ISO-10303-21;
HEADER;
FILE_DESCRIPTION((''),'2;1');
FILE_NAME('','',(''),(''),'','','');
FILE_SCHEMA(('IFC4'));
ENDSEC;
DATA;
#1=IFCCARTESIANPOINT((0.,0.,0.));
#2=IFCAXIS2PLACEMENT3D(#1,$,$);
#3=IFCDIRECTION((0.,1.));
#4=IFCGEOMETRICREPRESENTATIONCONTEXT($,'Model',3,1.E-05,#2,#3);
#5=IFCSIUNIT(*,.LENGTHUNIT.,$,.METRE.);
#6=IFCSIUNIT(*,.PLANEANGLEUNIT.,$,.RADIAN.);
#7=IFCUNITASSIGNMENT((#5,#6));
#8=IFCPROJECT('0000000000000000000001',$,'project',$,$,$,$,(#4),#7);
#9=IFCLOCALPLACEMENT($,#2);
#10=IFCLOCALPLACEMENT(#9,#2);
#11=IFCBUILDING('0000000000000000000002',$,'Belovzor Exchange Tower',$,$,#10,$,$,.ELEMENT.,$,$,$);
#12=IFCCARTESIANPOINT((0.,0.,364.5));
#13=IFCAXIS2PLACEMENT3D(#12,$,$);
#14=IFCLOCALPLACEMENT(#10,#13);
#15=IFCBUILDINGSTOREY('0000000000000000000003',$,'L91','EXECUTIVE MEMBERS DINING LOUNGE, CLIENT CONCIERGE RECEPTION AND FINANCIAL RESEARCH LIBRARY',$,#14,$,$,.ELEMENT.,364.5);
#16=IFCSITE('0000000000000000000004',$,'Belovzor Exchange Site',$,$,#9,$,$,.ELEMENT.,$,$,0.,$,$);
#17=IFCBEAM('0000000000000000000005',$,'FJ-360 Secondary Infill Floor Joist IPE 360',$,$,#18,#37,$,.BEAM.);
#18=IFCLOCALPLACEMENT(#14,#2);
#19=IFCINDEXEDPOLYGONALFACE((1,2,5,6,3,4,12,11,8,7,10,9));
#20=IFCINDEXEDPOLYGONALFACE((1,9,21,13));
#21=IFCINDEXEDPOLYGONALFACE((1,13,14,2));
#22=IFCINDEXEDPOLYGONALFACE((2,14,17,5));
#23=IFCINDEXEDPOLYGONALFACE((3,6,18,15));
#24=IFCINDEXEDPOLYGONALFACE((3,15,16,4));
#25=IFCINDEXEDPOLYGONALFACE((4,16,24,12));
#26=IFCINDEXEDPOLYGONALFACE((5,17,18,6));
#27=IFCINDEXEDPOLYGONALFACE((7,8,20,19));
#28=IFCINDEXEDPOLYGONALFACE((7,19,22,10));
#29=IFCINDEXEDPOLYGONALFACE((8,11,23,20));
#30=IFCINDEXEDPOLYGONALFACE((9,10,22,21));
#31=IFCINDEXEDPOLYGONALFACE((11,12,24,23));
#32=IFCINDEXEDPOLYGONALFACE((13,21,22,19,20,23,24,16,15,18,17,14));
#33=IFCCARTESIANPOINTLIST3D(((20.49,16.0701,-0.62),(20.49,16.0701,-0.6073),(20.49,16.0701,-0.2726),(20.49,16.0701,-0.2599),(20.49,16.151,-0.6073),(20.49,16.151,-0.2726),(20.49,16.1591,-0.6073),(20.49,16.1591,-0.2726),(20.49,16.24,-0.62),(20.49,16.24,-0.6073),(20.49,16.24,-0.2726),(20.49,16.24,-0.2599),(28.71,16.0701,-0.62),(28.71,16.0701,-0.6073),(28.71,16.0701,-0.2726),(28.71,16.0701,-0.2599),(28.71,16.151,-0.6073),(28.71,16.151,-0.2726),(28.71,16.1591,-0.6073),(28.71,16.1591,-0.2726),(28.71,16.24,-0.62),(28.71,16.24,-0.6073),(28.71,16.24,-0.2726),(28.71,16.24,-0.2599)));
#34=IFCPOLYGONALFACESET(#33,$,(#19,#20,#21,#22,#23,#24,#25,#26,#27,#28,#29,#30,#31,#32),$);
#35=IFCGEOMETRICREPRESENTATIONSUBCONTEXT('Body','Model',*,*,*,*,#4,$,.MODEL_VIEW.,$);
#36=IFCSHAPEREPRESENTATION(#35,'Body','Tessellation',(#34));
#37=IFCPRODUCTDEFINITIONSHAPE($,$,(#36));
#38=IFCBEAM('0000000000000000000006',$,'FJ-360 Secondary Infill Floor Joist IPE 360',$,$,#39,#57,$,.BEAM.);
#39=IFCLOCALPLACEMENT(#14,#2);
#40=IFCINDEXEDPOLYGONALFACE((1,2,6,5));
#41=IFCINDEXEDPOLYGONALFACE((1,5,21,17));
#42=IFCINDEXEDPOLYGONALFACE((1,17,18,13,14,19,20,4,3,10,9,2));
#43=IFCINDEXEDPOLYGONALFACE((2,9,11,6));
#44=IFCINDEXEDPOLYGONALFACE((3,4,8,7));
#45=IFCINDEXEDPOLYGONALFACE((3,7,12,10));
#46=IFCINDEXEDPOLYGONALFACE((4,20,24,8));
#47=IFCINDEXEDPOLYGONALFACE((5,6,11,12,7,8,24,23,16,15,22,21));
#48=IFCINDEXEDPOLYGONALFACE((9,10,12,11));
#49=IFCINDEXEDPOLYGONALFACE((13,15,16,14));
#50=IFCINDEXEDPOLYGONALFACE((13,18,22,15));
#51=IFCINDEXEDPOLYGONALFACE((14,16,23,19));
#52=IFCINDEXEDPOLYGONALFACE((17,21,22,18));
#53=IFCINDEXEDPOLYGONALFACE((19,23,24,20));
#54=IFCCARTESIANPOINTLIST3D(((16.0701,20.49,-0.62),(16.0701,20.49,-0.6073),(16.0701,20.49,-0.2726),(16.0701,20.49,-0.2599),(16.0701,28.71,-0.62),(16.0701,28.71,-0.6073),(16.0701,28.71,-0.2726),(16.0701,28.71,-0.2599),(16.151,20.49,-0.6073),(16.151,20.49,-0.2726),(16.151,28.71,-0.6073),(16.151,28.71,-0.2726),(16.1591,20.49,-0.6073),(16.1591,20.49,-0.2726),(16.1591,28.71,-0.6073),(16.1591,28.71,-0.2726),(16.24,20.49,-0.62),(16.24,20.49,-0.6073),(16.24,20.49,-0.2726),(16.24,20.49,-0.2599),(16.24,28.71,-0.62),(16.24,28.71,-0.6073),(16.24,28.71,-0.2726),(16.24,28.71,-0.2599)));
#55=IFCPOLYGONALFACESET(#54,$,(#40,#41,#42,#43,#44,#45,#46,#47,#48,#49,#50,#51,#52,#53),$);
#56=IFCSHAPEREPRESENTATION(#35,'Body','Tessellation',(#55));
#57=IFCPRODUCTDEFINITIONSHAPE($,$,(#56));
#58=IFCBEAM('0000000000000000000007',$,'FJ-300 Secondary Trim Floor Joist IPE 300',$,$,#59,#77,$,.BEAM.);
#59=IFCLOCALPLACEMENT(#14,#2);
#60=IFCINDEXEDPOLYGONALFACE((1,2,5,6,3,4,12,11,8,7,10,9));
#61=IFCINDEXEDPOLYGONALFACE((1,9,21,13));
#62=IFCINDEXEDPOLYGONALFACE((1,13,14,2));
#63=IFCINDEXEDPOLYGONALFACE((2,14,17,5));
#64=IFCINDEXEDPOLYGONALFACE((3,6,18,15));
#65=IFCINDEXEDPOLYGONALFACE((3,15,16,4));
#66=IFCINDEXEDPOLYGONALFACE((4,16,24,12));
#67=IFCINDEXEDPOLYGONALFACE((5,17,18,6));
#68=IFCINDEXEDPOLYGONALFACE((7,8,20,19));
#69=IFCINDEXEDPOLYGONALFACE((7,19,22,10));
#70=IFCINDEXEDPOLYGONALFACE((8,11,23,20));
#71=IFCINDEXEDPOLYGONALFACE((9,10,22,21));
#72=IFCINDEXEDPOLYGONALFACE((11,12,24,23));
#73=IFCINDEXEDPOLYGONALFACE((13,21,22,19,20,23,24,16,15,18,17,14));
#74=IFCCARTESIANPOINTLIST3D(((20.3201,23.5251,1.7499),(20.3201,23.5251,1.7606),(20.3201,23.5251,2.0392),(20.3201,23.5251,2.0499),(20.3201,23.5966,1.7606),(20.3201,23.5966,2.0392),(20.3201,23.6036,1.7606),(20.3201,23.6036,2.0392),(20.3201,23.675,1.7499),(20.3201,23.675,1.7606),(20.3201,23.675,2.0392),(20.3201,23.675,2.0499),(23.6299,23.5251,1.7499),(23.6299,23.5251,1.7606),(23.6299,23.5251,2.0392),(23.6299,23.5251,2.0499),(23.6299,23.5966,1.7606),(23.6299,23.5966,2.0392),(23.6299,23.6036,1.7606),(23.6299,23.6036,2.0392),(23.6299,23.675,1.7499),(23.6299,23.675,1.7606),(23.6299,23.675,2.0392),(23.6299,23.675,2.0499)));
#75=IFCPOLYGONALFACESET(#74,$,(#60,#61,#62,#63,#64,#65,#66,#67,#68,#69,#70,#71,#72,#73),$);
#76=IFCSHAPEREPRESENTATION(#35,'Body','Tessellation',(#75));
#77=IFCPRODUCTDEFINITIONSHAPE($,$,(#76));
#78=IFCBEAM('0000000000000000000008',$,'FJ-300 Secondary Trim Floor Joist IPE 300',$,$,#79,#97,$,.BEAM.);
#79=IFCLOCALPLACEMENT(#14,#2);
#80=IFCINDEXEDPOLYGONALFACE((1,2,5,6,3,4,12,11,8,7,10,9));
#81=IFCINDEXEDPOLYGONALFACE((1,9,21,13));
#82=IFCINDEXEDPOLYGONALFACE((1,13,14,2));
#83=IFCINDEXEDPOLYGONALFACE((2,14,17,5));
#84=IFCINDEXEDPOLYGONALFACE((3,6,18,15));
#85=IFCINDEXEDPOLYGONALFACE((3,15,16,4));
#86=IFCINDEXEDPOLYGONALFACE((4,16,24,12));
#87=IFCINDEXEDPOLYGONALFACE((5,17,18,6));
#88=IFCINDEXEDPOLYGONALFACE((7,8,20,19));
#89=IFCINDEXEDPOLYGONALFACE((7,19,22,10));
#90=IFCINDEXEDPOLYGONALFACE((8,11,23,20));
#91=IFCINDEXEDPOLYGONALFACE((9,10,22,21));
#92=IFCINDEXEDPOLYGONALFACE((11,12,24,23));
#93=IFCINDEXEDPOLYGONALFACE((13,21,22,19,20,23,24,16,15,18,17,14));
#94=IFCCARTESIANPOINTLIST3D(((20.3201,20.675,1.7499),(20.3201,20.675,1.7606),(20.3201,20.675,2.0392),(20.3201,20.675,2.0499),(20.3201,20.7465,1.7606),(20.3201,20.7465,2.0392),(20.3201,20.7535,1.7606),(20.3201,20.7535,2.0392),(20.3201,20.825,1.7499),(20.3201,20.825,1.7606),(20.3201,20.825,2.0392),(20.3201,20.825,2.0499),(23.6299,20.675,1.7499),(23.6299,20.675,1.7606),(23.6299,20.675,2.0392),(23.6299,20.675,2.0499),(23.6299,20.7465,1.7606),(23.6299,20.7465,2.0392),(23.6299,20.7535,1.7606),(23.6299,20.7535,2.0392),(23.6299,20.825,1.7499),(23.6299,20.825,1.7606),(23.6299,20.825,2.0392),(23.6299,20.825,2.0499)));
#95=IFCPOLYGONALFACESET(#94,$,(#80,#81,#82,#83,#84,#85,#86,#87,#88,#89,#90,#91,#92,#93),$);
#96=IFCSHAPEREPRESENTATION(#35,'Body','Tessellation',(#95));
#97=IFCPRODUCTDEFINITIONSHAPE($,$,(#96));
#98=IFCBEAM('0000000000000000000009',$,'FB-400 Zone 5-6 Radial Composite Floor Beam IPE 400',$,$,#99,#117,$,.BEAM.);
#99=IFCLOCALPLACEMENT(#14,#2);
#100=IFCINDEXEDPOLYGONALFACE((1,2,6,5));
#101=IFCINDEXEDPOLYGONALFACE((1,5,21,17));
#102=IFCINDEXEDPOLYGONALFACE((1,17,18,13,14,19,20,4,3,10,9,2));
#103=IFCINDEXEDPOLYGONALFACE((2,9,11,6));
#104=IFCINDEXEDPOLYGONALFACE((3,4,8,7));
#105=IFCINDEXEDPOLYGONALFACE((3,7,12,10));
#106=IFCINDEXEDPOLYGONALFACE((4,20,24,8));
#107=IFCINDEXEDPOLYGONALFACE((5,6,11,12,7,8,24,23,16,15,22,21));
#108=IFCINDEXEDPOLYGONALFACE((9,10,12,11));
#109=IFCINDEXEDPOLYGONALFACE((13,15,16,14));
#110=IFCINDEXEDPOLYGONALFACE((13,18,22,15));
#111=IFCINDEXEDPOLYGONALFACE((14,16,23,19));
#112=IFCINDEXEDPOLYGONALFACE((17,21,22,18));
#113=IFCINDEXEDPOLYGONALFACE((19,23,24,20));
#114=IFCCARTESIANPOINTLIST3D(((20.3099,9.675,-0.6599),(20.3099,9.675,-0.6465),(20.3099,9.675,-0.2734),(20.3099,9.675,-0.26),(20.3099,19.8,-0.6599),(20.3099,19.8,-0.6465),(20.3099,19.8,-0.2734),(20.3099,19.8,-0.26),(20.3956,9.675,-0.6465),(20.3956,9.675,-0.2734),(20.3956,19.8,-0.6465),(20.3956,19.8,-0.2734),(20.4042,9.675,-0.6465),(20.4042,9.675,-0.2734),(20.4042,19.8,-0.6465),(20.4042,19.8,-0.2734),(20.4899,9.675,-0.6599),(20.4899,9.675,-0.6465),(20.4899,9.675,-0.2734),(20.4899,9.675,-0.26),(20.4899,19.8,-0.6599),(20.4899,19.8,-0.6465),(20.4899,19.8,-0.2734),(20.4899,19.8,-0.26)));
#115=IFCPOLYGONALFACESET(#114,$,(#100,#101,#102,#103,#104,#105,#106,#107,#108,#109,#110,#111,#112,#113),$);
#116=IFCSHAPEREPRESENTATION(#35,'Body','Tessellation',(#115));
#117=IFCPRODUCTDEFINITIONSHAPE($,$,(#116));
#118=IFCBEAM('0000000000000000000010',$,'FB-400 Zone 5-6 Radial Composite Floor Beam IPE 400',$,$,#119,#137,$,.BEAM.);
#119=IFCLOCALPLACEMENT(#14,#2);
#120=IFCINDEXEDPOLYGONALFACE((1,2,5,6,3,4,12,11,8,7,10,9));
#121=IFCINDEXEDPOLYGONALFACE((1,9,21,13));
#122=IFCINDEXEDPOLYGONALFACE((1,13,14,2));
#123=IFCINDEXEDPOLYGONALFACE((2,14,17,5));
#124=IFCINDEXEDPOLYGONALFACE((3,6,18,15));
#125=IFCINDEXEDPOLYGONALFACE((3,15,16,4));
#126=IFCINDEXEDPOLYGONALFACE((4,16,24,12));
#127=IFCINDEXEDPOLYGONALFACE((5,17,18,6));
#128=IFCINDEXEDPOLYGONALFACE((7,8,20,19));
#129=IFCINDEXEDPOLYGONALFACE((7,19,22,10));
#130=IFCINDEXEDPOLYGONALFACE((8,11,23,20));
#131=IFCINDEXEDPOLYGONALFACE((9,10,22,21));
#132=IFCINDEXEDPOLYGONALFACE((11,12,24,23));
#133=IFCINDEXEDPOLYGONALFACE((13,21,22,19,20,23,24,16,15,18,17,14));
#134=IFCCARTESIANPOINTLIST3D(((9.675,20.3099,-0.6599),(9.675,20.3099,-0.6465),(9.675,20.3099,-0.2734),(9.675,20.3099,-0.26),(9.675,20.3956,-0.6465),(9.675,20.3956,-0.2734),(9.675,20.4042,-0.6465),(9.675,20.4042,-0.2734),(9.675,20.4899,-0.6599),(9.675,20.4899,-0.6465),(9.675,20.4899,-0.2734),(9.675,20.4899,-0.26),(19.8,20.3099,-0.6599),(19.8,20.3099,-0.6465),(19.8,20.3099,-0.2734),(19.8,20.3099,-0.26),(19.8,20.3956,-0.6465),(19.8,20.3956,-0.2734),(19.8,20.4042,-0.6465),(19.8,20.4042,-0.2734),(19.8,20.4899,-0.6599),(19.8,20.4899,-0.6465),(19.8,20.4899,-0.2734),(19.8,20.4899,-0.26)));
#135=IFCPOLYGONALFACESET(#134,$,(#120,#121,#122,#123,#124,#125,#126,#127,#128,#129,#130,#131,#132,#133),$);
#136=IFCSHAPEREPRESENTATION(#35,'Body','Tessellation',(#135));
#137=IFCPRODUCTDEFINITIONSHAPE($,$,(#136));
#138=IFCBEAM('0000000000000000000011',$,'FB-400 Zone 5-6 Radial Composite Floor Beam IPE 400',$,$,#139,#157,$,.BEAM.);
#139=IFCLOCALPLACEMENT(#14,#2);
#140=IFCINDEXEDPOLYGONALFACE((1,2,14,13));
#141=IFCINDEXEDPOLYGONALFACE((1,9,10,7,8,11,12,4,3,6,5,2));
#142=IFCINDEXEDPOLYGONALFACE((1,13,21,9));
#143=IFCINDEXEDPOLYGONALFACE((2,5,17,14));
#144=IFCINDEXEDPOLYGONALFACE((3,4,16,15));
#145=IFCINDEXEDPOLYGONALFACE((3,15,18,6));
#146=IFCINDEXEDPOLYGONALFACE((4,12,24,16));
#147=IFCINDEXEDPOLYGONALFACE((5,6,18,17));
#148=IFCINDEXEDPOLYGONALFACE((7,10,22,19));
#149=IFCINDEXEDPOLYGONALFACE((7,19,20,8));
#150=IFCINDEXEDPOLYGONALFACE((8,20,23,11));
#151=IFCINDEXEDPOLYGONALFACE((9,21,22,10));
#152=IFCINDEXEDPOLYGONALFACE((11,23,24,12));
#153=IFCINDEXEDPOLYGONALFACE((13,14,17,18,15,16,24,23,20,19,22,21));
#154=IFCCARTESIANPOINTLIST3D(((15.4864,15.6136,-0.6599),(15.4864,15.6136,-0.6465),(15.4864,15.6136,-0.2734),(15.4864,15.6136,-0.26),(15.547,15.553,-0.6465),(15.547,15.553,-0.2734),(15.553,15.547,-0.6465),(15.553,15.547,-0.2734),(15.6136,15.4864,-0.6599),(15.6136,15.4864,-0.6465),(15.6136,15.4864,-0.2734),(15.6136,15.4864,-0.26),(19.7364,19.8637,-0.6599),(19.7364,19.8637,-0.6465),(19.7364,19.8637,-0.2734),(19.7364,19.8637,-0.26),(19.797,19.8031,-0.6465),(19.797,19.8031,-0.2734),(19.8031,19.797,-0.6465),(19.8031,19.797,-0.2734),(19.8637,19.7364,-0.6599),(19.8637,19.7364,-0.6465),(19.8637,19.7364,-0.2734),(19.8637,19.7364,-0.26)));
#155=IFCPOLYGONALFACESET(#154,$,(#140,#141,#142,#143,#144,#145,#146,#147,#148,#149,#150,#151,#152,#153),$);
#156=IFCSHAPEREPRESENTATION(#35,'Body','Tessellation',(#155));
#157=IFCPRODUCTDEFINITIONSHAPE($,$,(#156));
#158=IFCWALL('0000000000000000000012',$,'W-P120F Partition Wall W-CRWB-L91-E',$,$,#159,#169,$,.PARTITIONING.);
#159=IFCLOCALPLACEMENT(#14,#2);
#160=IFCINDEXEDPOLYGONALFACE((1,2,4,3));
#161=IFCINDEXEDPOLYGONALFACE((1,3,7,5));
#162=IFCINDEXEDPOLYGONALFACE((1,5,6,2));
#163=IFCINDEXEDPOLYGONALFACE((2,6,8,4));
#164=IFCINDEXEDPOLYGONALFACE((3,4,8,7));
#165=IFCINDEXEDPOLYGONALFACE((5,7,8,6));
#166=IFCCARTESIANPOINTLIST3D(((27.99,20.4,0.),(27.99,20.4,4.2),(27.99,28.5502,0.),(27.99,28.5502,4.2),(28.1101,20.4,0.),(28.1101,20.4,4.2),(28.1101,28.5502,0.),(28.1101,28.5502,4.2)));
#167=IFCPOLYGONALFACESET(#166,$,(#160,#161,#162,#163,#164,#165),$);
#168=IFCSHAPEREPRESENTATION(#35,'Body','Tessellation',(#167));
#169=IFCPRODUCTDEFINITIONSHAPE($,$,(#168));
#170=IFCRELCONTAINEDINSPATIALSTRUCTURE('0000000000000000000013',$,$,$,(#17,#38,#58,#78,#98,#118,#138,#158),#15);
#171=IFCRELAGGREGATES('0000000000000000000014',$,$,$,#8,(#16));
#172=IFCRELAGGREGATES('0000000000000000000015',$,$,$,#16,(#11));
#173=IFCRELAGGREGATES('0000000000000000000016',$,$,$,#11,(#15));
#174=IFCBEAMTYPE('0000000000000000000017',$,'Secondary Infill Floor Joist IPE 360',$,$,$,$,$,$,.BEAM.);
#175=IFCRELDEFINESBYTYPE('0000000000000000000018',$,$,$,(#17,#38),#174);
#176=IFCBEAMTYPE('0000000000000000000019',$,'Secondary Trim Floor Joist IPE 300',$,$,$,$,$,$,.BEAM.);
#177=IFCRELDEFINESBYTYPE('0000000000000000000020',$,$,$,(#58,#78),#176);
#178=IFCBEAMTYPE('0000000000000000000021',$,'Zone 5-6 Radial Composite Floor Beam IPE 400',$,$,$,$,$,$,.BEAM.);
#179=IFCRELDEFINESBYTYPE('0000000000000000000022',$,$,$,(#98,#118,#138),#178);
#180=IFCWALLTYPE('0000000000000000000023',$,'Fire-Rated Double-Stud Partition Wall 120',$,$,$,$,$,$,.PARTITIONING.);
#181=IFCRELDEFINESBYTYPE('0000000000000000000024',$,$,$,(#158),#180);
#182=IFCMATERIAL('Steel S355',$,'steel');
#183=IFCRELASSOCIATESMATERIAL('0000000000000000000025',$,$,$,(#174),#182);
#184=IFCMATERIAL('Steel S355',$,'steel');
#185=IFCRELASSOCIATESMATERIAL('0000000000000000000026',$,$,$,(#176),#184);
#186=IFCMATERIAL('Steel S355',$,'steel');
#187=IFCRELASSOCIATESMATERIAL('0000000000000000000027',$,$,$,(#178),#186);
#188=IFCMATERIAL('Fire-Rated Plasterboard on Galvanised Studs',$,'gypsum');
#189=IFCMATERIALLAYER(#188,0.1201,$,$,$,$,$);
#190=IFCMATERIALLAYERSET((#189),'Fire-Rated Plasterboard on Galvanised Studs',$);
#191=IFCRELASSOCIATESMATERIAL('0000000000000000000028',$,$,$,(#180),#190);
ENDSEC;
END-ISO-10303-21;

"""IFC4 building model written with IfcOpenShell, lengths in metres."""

from ifc_helpers import new_model, si_unit, direction, frame, frame_2d, origin, origin_2d, place, context, subcontext, project, spatial, rectangle, i_section, extrude, material, layer, layer_set, material_profile, profile_set, type_object, element, save


model = new_model("IFC4")

# Units and contexts
model_context = context("Model", 3, precision=1e-05, world=origin(), true_north=direction((0.0, 1.0)))
body_context = subcontext(model_context, "Body", "Model", "MODEL_VIEW")
ifc_project = project(units=[si_unit("LENGTHUNIT", "METRE"), si_unit("PLANEANGLEUNIT", "RADIAN")], contexts=[model_context])

# Site, building, storey
site_placement = place(None, origin())
site = spatial("IfcSite", under=ifc_project, at=site_placement, Name="Belovzor Exchange Site", CompositionType="ELEMENT", RefElevation=0.0)
building_placement = place(site_placement, origin())
building = spatial("IfcBuilding", under=site, at=building_placement, Name="Belovzor Exchange Tower", CompositionType="ELEMENT")
storey_placement = place(building_placement, frame((0.0, 0.0, 364.5)))
storey = spatial("IfcBuildingStorey", under=building, at=storey_placement, Name="L91", Description="EXECUTIVE MEMBERS DINING LOUNGE, CLIENT CONCIERGE RECEPTION AND FINANCIAL RESEARCH LIBRARY", CompositionType="ELEMENT", Elevation=364.5)

# Beams
ifc_material_1 = material(Name="Steel S355", Category="steel")
ifc_material_profile_1 = material_profile(ifc_material_1, i_section(OverallWidth=0.1699, OverallDepth=0.3601, WebThickness=0.0081, FlangeThickness=0.0127, at=origin_2d()))
ifc_profile_set_1 = profile_set([ifc_material_profile_1], Name="Steel S355")
beam_type_1 = type_object("IfcBeamType", Name="Secondary Infill Floor Joist IPE 360", PredefinedType="BEAM", material=ifc_profile_set_1)
for number, where, z_axis, x_axis, name in (
    (1, (20.49, 16.155, -0.4399), (1.0, 0.0, 0.0), (0.0, 1.0, 0.0), "FJ-360 Secondary Infill Floor Joist IPE 360"),
    (2, (16.155, 20.49, -0.4399), (0.0, 1.0, 0.0), (-1.0, 0.0, 0.0), "FJ-360 Secondary Infill Floor Joist IPE 360"),
):
    element("IfcBeam", number, at=place(storey_placement, frame(where, z_axis=z_axis, x_axis=x_axis)), inside=storey, type_object=beam_type_1, Name=name, PredefinedType="BEAM", context=body_context, shape_type="SweptSolid", body=[
        extrude(i_section(OverallWidth=0.1699, OverallDepth=0.3601, WebThickness=0.0081, FlangeThickness=0.0127, at=origin_2d()), origin(), (0.0, 0.0, 1.0), 8.22),
    ])
ifc_material_2 = material(Name="Steel S355", Category="steel")
ifc_material_profile_2 = material_profile(ifc_material_2, i_section(OverallWidth=0.1499, OverallDepth=0.3, WebThickness=0.0071, FlangeThickness=0.0107, at=origin_2d()))
ifc_profile_set_2 = profile_set([ifc_material_profile_2], Name="Steel S355")
beam_type_2 = type_object("IfcBeamType", Name="Secondary Trim Floor Joist IPE 300", PredefinedType="BEAM", material=ifc_profile_set_2)
for number, where, z_axis, x_axis, name in (
    (3, (20.3201, 23.6001, 1.8999), (1.0, 0.0, 0.0), (0.0, 1.0, 0.0), "FJ-300 Secondary Trim Floor Joist IPE 300"),
    (4, (20.3201, 20.75, 1.8999), (1.0, 0.0, 0.0), (0.0, 1.0, 0.0), "FJ-300 Secondary Trim Floor Joist IPE 300"),
):
    element("IfcBeam", number, at=place(storey_placement, frame(where, z_axis=z_axis, x_axis=x_axis)), inside=storey, type_object=beam_type_2, Name=name, PredefinedType="BEAM", context=body_context, shape_type="SweptSolid", body=[
        extrude(i_section(OverallWidth=0.1499, OverallDepth=0.3, WebThickness=0.0071, FlangeThickness=0.0107, at=origin_2d()), origin(), (0.0, 0.0, 1.0), 3.3098),
    ])
ifc_material_3 = material(Name="Steel S355", Category="steel")
ifc_material_profile_3 = material_profile(ifc_material_3, i_section(OverallWidth=0.1799, OverallDepth=0.3999, WebThickness=0.0085, FlangeThickness=0.0134, at=origin_2d()))
ifc_profile_set_3 = profile_set([ifc_material_profile_3], Name="Steel S355")
beam_type_3 = type_object("IfcBeamType", Name="Zone 5-6 Radial Composite Floor Beam IPE 400", PredefinedType="BEAM", material=ifc_profile_set_3)
for number, where, z_axis, x_axis, name in (
    (5, (20.3999, 19.8, -0.46), (0.0, -1.0, 0.0), (1.0, 0.0, 0.0), "FB-400 Zone 5-6 Radial Composite Floor Beam IPE 400"),
    (6, (19.8, 20.3999, -0.46), (-1.0, 0.0, 0.0), (0.0, -1.0, 0.0), "FB-400 Zone 5-6 Radial Composite Floor Beam IPE 400"),
):
    element("IfcBeam", number, at=place(storey_placement, frame(where, z_axis=z_axis, x_axis=x_axis)), inside=storey, type_object=beam_type_3, Name=name, PredefinedType="BEAM", context=body_context, shape_type="SweptSolid", body=[
        extrude(i_section(OverallWidth=0.1799, OverallDepth=0.3999, WebThickness=0.0085, FlangeThickness=0.0134, at=origin_2d()), origin(), (0.0, 0.0, 1.0), 10.125),
    ])
beam_placement = place(storey_placement, frame((19.8, 19.8, -0.46), z_axis=(-0.707107, -0.707107, 0.0), x_axis=(0.707107, -0.707107, 0.0)))
element("IfcBeam", 7, at=beam_placement, inside=storey, type_object=beam_type_3, Name="FB-400 Zone 5-6 Radial Composite Floor Beam IPE 400", PredefinedType="BEAM", context=body_context, shape_type="SweptSolid", body=[
    extrude(i_section(OverallWidth=0.1799, OverallDepth=0.3999, WebThickness=0.0085, FlangeThickness=0.0134, at=origin_2d()), origin(), (0.0, 0.0, 1.0), 6.0105),
])

# Wall
ifc_material_4 = material(Name="Fire-Rated Plasterboard on Galvanised Studs", Category="gypsum")
ifc_layer_1 = layer(ifc_material_4, 0.1201)
ifc_layer_set_1 = layer_set([ifc_layer_1], Name="Fire-Rated Plasterboard on Galvanised Studs")
wall_type_1 = type_object("IfcWallType", Name="Fire-Rated Double-Stud Partition Wall 120", PredefinedType="PARTITIONING", material=ifc_layer_set_1)
wall_1_placement = place(storey_placement, frame((28.05, 20.3999, 0.0), z_axis=(0.0, 0.0, 1.0), x_axis=(0.0, 1.0, 0.0)))
element("IfcWall", 8, at=wall_1_placement, inside=storey, type_object=wall_type_1, Name="W-P120F Partition Wall W-CRWB-L91-E", PredefinedType="PARTITIONING", context=body_context, shape_type="SweptSolid", body=[
    extrude(rectangle(XDim=8.1501, YDim=0.1201, at=frame_2d((4.0752, 0.0))), origin(), (0.0, 0.0, 1.0), 4.2),
])

save(model, "model.ifc")
